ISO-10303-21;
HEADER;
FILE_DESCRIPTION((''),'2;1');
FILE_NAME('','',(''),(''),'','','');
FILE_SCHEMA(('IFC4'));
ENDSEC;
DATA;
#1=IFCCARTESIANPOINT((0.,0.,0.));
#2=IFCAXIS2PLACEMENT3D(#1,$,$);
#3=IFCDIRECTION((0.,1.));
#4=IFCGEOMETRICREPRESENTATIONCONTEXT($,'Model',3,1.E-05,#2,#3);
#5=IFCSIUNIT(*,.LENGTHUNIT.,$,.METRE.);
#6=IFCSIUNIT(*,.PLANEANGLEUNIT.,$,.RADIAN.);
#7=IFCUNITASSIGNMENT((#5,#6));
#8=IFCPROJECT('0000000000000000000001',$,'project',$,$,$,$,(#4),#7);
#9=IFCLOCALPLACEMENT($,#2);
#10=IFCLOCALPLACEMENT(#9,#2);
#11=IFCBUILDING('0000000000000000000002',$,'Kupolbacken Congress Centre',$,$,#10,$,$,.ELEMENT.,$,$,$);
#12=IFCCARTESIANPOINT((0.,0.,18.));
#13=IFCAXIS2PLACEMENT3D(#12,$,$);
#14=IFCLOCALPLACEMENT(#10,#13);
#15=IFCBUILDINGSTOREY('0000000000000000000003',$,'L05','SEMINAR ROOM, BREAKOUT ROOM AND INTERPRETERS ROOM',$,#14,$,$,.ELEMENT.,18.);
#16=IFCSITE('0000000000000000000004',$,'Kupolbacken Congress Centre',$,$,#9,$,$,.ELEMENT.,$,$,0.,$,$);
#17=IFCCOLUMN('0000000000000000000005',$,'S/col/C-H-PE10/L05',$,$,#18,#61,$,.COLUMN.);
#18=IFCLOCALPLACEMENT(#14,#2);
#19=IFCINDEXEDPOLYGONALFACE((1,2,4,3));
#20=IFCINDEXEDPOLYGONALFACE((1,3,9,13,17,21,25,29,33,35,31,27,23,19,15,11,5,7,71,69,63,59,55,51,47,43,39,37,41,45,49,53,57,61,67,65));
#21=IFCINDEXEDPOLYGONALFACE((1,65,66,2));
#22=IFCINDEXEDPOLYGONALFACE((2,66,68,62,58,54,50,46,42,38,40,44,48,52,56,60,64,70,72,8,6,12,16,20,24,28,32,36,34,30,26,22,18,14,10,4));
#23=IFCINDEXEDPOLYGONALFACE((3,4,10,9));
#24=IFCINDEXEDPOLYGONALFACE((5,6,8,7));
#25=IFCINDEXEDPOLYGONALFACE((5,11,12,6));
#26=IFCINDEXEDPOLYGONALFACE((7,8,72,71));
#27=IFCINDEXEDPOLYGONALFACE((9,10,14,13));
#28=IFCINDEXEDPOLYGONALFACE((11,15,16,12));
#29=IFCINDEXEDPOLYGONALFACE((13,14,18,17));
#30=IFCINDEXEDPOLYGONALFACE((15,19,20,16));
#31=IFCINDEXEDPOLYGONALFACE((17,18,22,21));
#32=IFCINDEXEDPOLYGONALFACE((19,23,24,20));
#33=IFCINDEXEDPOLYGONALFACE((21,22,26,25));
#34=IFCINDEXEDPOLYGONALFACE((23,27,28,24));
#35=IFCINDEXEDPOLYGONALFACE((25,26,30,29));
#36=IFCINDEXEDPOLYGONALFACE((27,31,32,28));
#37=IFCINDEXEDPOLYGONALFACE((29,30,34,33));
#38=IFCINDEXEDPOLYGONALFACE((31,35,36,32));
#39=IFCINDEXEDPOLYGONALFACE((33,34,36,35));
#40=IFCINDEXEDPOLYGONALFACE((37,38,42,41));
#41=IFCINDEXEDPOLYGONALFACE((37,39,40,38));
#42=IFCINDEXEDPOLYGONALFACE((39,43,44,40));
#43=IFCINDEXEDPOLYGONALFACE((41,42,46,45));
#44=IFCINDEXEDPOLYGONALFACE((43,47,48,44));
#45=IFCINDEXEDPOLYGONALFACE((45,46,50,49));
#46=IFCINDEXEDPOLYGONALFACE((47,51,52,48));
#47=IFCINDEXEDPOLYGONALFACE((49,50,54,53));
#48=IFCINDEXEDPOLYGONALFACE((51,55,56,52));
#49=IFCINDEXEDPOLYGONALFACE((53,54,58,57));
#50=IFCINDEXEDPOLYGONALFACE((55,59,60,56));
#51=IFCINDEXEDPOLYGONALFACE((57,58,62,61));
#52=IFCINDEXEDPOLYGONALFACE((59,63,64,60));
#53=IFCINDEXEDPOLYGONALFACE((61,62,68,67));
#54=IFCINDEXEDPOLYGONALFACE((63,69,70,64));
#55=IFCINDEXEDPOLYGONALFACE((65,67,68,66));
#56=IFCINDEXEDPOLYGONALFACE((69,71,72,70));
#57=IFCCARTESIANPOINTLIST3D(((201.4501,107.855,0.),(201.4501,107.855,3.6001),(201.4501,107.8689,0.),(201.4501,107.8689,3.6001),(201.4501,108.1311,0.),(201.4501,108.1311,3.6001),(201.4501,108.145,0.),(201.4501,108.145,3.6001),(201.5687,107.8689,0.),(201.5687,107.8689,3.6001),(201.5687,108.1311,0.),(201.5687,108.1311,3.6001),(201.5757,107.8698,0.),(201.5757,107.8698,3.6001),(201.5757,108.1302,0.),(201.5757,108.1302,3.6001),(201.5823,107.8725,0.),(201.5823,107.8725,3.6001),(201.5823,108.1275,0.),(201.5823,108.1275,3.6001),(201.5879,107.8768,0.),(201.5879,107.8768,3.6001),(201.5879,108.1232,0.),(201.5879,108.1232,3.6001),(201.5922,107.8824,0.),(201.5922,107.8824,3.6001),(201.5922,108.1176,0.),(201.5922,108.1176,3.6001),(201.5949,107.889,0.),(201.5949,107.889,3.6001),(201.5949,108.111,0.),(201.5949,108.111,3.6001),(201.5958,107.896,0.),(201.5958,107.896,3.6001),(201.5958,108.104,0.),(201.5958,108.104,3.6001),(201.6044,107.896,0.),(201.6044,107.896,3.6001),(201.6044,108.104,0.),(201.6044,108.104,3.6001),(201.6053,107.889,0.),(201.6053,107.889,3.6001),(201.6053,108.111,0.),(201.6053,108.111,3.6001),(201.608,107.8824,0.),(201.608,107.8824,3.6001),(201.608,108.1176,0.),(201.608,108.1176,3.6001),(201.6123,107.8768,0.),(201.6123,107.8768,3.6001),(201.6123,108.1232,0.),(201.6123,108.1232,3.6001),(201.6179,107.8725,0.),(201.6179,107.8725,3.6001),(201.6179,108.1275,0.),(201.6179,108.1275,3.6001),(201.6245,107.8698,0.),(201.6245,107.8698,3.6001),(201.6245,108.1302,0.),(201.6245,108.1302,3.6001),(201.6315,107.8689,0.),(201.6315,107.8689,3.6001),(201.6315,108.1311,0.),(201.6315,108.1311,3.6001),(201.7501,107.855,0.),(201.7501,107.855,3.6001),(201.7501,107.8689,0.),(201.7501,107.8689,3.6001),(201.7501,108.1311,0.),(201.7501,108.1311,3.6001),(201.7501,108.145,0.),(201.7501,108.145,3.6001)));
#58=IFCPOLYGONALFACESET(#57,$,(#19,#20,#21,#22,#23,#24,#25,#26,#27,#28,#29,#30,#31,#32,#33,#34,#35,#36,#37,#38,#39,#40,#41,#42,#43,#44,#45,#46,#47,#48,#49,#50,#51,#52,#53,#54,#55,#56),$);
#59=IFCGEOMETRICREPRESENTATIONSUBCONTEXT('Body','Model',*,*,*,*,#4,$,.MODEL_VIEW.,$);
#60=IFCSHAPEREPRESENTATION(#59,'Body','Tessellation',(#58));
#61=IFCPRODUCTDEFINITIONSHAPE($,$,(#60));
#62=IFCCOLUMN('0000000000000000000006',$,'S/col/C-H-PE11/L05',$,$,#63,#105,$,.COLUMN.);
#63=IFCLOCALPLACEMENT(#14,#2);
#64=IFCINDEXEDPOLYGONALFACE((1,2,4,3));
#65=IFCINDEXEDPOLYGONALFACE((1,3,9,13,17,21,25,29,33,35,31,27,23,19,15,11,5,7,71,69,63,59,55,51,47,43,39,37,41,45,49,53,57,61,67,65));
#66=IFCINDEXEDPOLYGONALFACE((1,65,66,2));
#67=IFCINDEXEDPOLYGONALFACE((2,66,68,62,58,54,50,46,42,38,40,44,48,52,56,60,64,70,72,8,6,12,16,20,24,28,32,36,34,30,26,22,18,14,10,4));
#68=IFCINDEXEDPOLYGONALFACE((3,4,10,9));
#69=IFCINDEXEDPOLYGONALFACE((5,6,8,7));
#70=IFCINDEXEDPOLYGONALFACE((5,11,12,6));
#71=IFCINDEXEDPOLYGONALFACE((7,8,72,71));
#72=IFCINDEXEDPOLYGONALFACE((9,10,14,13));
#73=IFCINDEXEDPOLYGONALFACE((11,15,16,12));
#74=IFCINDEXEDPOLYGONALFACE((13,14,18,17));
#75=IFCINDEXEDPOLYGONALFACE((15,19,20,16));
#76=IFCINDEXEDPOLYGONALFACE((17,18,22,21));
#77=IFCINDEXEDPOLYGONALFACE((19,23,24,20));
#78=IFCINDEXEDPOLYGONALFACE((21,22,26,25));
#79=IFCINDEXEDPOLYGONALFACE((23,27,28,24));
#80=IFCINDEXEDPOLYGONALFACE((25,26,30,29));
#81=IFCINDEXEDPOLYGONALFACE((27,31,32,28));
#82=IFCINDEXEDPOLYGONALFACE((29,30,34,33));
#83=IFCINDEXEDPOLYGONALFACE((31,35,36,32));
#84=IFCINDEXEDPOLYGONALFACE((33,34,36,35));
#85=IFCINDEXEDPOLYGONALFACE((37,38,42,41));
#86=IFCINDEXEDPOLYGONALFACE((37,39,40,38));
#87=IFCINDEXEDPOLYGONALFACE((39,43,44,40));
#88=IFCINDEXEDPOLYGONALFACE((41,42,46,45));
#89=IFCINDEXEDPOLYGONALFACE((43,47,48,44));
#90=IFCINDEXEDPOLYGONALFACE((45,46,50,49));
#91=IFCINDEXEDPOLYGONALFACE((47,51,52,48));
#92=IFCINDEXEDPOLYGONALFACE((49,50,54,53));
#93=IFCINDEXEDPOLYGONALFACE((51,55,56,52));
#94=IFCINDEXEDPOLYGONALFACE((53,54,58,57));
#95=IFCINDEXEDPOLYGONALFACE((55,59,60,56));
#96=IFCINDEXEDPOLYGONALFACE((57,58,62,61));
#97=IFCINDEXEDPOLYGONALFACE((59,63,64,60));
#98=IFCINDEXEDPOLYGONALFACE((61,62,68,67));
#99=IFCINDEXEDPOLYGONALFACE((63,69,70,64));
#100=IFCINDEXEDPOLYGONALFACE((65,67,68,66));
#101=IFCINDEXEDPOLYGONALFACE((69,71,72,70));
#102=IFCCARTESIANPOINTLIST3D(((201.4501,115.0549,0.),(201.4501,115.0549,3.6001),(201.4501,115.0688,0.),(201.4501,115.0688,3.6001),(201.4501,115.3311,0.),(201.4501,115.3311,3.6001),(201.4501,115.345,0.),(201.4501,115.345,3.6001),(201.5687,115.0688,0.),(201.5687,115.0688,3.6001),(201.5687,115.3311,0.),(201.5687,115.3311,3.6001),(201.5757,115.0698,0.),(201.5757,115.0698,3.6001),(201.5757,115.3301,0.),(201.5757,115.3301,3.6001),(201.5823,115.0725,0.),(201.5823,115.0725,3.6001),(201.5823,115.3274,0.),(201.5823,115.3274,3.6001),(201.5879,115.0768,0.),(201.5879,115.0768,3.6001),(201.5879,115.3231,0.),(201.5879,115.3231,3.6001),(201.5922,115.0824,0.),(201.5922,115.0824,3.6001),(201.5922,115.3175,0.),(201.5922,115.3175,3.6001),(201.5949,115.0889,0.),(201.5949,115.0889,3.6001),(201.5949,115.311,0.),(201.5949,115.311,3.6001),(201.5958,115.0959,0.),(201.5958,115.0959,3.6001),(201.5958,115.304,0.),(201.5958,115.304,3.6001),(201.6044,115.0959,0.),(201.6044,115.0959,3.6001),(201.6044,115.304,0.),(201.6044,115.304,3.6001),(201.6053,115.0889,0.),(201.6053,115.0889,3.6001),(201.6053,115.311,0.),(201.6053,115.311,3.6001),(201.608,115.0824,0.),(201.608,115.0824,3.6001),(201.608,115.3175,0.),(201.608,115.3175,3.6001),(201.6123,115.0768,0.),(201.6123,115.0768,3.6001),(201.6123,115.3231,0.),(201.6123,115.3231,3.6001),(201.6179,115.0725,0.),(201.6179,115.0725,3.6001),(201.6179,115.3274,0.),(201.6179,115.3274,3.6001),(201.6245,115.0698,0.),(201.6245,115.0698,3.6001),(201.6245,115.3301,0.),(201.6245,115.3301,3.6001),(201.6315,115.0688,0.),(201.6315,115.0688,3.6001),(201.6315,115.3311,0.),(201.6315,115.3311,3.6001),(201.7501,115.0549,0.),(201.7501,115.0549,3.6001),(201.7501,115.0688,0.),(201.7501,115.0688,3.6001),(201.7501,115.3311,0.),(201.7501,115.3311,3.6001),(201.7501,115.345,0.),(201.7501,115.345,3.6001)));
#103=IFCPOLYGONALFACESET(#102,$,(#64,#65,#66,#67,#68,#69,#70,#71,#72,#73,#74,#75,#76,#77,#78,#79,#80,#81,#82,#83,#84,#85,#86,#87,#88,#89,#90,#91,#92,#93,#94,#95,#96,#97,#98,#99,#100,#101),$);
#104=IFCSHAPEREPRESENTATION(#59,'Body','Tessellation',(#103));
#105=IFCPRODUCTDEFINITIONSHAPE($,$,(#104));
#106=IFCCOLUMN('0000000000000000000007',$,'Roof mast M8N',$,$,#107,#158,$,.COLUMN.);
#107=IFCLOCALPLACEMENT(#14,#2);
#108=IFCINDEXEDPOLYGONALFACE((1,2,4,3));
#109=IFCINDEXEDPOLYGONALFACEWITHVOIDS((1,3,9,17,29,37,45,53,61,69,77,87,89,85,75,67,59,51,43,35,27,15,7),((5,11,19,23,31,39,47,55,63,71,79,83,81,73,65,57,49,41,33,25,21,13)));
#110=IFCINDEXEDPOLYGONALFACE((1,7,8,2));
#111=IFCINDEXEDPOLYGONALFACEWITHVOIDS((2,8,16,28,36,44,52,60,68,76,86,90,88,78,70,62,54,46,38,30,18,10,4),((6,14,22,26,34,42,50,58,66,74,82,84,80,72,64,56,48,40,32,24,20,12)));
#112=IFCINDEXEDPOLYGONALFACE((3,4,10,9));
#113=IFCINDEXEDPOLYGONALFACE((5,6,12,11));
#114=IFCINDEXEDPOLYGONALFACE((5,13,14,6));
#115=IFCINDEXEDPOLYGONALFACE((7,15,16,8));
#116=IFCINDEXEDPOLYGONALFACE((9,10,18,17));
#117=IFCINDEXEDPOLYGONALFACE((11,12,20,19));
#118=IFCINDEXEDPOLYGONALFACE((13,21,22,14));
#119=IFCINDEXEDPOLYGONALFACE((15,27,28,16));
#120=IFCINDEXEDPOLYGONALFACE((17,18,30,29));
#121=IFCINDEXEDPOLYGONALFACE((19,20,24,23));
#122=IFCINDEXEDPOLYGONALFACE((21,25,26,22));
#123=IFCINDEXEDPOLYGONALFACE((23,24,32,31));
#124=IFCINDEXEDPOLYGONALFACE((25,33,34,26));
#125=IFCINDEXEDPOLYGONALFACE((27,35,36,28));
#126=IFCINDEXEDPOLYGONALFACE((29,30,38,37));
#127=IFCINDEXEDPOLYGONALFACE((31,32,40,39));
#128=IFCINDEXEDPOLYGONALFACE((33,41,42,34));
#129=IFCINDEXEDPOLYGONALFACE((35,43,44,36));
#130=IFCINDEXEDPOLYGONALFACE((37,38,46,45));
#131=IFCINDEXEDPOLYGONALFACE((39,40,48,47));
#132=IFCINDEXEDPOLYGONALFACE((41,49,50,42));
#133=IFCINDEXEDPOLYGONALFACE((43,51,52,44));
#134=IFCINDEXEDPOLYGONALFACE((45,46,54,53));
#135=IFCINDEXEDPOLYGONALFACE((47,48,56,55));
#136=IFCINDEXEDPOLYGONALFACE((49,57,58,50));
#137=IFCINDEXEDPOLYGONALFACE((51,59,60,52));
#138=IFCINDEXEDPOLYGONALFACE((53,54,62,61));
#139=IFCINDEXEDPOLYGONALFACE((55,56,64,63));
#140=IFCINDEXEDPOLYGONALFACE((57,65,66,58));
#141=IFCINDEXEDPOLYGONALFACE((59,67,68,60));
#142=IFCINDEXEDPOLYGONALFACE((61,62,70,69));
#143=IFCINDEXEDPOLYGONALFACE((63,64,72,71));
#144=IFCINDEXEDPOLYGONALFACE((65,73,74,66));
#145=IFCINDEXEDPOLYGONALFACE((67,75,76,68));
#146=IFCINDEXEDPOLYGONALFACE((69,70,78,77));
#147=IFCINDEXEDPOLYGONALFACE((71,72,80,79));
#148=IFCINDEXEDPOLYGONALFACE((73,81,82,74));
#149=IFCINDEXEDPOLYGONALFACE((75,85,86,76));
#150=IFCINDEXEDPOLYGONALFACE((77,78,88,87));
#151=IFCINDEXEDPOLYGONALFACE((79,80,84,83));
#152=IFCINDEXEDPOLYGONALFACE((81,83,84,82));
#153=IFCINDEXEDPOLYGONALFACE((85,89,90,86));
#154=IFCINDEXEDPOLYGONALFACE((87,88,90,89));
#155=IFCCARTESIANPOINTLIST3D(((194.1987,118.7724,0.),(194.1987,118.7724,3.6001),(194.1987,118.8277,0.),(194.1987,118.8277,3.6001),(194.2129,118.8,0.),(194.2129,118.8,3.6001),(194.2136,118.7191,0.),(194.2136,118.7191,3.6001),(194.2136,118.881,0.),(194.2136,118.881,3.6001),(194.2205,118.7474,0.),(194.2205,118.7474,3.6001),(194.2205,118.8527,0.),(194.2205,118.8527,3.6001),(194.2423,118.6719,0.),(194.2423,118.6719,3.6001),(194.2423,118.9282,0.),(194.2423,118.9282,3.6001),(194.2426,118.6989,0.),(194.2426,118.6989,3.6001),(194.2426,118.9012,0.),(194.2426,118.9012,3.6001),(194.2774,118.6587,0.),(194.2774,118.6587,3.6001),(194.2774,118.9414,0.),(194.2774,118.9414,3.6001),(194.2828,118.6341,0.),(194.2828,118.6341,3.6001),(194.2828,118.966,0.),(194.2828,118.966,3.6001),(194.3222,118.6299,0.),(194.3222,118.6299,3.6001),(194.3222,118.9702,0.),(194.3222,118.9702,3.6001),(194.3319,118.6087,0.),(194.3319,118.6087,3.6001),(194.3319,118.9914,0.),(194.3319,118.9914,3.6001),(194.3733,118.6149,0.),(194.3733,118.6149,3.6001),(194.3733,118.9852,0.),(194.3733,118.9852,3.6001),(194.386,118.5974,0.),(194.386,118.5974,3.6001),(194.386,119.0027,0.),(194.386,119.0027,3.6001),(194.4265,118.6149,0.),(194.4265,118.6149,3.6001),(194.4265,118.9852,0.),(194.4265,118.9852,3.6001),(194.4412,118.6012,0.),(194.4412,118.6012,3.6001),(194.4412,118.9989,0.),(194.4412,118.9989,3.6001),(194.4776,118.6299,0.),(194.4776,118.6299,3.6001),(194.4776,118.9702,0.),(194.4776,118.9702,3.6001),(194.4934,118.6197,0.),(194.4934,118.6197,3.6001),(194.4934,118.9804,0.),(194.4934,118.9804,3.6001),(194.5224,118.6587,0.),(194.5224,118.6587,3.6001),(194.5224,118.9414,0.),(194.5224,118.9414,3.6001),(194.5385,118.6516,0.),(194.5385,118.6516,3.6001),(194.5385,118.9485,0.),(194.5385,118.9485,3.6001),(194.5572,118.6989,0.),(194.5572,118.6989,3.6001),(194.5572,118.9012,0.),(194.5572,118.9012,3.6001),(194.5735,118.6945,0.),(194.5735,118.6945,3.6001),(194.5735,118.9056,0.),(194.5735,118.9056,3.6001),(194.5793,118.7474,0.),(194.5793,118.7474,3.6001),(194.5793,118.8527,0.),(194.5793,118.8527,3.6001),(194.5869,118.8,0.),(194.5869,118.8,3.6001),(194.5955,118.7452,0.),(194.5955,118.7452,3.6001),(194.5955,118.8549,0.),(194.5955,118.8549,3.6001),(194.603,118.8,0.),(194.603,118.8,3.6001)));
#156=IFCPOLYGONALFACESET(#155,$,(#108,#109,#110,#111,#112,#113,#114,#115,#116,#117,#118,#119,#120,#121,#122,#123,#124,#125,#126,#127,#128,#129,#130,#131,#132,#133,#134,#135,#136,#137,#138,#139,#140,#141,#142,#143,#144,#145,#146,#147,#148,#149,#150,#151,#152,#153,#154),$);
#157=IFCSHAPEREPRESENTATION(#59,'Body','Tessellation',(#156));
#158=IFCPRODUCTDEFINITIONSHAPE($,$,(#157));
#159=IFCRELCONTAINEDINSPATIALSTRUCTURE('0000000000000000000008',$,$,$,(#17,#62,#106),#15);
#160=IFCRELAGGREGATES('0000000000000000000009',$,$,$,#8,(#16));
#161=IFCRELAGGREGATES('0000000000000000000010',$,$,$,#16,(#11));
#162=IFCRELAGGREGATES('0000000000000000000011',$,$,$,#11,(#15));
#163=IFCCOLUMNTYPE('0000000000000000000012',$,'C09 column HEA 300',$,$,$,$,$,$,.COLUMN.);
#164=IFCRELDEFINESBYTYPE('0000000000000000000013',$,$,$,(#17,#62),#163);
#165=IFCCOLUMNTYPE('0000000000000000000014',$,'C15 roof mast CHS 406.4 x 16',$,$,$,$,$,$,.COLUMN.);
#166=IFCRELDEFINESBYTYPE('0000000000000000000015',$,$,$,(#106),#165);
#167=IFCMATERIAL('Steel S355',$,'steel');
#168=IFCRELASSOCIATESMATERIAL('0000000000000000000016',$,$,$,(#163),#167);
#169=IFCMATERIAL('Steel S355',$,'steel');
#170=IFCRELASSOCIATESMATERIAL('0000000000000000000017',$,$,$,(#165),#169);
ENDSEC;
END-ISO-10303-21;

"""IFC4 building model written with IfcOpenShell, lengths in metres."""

from ifc_helpers import new_model, si_unit, direction, frame, origin, origin_2d, place, context, subcontext, project, spatial, hollow_circle, i_section, extrude, material, material_profile, profile_set, type_object, element, save


model = new_model("IFC4")

# Units and contexts
model_context = context("Model", 3, precision=1e-05, world=origin(), true_north=direction((0.0, 1.0)))
body_context = subcontext(model_context, "Body", "Model", "MODEL_VIEW")
ifc_project = project(units=[si_unit("LENGTHUNIT", "METRE"), si_unit("PLANEANGLEUNIT", "RADIAN")], contexts=[model_context])

# Site, building, storey
site_placement = place(None, origin())
site = spatial("IfcSite", under=ifc_project, at=site_placement, Name="Kupolbacken Congress Centre", CompositionType="ELEMENT", RefElevation=0.0)
building_placement = place(site_placement, origin())
building = spatial("IfcBuilding", under=site, at=building_placement, Name="Kupolbacken Congress Centre", CompositionType="ELEMENT")
storey_placement = place(building_placement, frame((0.0, 0.0, 18.0)))
storey = spatial("IfcBuildingStorey", under=building, at=storey_placement, Name="L05", Description="SEMINAR ROOM, BREAKOUT ROOM AND INTERPRETERS ROOM", CompositionType="ELEMENT", Elevation=18.0)

# Columns
ifc_material_1 = material(Name="Steel S355", Category="steel")
ifc_material_profile_1 = material_profile(ifc_material_1, i_section(OverallWidth=0.3, OverallDepth=0.29, WebThickness=0.0085, FlangeThickness=0.0139, FilletRadius=0.0271, at=origin_2d()), Name="HEA 300")
ifc_profile_set_1 = profile_set([ifc_material_profile_1], Name="Steel S355")
column_type_1 = type_object("IfcColumnType", Name="C09 column HEA 300", PredefinedType="COLUMN", material=ifc_profile_set_1)
for number, where, z_axis, x_axis, name in (
    (1, (201.6001, 108.0, 0.0), (0.0, 0.0, 1.0), (1.0, 0.0, 0.0), "S/col/C-H-PE10/L05"),
    (2, (201.6001, 115.2, 0.0), (0.0, 0.0, 1.0), (1.0, 0.0, 0.0), "S/col/C-H-PE11/L05"),
):
    element("IfcColumn", number, at=place(storey_placement, frame(where, z_axis=z_axis, x_axis=x_axis)), inside=storey, type_object=column_type_1, Name=name, PredefinedType="COLUMN", context=body_context, shape_type="SweptSolid", body=[
        extrude(i_section(OverallWidth=0.3, OverallDepth=0.29, WebThickness=0.0085, FlangeThickness=0.0139, FilletRadius=0.0271, at=origin_2d()), origin(), (0.0, 0.0, 1.0), 3.6001),
    ])
ifc_material_2 = material(Name="Steel S355", Category="steel")
ifc_material_profile_2 = material_profile(ifc_material_2, hollow_circle(Radius=0.2031, WallThickness=0.0161, at=origin_2d()), Name="CHS 406.4 x 16")
ifc_profile_set_2 = profile_set([ifc_material_profile_2], Name="Steel S355")
column_type_2 = type_object("IfcColumnType", Name="C15 roof mast CHS 406.4 x 16", PredefinedType="COLUMN", material=ifc_profile_set_2)
column_placement = place(storey_placement, frame((194.3999, 118.8, 0.0), z_axis=(0.0, 0.0, 1.0), x_axis=(1.0, 0.0, 0.0)))
element("IfcColumn", 3, at=column_placement, inside=storey, type_object=column_type_2, Name="Roof mast M8N", PredefinedType="COLUMN", context=body_context, shape_type="SweptSolid", body=[
    extrude(hollow_circle(Radius=0.2031, WallThickness=0.0161, at=origin_2d()), origin(), (0.0, 0.0, 1.0), 3.6001),
])

save(model, "model.ifc")
